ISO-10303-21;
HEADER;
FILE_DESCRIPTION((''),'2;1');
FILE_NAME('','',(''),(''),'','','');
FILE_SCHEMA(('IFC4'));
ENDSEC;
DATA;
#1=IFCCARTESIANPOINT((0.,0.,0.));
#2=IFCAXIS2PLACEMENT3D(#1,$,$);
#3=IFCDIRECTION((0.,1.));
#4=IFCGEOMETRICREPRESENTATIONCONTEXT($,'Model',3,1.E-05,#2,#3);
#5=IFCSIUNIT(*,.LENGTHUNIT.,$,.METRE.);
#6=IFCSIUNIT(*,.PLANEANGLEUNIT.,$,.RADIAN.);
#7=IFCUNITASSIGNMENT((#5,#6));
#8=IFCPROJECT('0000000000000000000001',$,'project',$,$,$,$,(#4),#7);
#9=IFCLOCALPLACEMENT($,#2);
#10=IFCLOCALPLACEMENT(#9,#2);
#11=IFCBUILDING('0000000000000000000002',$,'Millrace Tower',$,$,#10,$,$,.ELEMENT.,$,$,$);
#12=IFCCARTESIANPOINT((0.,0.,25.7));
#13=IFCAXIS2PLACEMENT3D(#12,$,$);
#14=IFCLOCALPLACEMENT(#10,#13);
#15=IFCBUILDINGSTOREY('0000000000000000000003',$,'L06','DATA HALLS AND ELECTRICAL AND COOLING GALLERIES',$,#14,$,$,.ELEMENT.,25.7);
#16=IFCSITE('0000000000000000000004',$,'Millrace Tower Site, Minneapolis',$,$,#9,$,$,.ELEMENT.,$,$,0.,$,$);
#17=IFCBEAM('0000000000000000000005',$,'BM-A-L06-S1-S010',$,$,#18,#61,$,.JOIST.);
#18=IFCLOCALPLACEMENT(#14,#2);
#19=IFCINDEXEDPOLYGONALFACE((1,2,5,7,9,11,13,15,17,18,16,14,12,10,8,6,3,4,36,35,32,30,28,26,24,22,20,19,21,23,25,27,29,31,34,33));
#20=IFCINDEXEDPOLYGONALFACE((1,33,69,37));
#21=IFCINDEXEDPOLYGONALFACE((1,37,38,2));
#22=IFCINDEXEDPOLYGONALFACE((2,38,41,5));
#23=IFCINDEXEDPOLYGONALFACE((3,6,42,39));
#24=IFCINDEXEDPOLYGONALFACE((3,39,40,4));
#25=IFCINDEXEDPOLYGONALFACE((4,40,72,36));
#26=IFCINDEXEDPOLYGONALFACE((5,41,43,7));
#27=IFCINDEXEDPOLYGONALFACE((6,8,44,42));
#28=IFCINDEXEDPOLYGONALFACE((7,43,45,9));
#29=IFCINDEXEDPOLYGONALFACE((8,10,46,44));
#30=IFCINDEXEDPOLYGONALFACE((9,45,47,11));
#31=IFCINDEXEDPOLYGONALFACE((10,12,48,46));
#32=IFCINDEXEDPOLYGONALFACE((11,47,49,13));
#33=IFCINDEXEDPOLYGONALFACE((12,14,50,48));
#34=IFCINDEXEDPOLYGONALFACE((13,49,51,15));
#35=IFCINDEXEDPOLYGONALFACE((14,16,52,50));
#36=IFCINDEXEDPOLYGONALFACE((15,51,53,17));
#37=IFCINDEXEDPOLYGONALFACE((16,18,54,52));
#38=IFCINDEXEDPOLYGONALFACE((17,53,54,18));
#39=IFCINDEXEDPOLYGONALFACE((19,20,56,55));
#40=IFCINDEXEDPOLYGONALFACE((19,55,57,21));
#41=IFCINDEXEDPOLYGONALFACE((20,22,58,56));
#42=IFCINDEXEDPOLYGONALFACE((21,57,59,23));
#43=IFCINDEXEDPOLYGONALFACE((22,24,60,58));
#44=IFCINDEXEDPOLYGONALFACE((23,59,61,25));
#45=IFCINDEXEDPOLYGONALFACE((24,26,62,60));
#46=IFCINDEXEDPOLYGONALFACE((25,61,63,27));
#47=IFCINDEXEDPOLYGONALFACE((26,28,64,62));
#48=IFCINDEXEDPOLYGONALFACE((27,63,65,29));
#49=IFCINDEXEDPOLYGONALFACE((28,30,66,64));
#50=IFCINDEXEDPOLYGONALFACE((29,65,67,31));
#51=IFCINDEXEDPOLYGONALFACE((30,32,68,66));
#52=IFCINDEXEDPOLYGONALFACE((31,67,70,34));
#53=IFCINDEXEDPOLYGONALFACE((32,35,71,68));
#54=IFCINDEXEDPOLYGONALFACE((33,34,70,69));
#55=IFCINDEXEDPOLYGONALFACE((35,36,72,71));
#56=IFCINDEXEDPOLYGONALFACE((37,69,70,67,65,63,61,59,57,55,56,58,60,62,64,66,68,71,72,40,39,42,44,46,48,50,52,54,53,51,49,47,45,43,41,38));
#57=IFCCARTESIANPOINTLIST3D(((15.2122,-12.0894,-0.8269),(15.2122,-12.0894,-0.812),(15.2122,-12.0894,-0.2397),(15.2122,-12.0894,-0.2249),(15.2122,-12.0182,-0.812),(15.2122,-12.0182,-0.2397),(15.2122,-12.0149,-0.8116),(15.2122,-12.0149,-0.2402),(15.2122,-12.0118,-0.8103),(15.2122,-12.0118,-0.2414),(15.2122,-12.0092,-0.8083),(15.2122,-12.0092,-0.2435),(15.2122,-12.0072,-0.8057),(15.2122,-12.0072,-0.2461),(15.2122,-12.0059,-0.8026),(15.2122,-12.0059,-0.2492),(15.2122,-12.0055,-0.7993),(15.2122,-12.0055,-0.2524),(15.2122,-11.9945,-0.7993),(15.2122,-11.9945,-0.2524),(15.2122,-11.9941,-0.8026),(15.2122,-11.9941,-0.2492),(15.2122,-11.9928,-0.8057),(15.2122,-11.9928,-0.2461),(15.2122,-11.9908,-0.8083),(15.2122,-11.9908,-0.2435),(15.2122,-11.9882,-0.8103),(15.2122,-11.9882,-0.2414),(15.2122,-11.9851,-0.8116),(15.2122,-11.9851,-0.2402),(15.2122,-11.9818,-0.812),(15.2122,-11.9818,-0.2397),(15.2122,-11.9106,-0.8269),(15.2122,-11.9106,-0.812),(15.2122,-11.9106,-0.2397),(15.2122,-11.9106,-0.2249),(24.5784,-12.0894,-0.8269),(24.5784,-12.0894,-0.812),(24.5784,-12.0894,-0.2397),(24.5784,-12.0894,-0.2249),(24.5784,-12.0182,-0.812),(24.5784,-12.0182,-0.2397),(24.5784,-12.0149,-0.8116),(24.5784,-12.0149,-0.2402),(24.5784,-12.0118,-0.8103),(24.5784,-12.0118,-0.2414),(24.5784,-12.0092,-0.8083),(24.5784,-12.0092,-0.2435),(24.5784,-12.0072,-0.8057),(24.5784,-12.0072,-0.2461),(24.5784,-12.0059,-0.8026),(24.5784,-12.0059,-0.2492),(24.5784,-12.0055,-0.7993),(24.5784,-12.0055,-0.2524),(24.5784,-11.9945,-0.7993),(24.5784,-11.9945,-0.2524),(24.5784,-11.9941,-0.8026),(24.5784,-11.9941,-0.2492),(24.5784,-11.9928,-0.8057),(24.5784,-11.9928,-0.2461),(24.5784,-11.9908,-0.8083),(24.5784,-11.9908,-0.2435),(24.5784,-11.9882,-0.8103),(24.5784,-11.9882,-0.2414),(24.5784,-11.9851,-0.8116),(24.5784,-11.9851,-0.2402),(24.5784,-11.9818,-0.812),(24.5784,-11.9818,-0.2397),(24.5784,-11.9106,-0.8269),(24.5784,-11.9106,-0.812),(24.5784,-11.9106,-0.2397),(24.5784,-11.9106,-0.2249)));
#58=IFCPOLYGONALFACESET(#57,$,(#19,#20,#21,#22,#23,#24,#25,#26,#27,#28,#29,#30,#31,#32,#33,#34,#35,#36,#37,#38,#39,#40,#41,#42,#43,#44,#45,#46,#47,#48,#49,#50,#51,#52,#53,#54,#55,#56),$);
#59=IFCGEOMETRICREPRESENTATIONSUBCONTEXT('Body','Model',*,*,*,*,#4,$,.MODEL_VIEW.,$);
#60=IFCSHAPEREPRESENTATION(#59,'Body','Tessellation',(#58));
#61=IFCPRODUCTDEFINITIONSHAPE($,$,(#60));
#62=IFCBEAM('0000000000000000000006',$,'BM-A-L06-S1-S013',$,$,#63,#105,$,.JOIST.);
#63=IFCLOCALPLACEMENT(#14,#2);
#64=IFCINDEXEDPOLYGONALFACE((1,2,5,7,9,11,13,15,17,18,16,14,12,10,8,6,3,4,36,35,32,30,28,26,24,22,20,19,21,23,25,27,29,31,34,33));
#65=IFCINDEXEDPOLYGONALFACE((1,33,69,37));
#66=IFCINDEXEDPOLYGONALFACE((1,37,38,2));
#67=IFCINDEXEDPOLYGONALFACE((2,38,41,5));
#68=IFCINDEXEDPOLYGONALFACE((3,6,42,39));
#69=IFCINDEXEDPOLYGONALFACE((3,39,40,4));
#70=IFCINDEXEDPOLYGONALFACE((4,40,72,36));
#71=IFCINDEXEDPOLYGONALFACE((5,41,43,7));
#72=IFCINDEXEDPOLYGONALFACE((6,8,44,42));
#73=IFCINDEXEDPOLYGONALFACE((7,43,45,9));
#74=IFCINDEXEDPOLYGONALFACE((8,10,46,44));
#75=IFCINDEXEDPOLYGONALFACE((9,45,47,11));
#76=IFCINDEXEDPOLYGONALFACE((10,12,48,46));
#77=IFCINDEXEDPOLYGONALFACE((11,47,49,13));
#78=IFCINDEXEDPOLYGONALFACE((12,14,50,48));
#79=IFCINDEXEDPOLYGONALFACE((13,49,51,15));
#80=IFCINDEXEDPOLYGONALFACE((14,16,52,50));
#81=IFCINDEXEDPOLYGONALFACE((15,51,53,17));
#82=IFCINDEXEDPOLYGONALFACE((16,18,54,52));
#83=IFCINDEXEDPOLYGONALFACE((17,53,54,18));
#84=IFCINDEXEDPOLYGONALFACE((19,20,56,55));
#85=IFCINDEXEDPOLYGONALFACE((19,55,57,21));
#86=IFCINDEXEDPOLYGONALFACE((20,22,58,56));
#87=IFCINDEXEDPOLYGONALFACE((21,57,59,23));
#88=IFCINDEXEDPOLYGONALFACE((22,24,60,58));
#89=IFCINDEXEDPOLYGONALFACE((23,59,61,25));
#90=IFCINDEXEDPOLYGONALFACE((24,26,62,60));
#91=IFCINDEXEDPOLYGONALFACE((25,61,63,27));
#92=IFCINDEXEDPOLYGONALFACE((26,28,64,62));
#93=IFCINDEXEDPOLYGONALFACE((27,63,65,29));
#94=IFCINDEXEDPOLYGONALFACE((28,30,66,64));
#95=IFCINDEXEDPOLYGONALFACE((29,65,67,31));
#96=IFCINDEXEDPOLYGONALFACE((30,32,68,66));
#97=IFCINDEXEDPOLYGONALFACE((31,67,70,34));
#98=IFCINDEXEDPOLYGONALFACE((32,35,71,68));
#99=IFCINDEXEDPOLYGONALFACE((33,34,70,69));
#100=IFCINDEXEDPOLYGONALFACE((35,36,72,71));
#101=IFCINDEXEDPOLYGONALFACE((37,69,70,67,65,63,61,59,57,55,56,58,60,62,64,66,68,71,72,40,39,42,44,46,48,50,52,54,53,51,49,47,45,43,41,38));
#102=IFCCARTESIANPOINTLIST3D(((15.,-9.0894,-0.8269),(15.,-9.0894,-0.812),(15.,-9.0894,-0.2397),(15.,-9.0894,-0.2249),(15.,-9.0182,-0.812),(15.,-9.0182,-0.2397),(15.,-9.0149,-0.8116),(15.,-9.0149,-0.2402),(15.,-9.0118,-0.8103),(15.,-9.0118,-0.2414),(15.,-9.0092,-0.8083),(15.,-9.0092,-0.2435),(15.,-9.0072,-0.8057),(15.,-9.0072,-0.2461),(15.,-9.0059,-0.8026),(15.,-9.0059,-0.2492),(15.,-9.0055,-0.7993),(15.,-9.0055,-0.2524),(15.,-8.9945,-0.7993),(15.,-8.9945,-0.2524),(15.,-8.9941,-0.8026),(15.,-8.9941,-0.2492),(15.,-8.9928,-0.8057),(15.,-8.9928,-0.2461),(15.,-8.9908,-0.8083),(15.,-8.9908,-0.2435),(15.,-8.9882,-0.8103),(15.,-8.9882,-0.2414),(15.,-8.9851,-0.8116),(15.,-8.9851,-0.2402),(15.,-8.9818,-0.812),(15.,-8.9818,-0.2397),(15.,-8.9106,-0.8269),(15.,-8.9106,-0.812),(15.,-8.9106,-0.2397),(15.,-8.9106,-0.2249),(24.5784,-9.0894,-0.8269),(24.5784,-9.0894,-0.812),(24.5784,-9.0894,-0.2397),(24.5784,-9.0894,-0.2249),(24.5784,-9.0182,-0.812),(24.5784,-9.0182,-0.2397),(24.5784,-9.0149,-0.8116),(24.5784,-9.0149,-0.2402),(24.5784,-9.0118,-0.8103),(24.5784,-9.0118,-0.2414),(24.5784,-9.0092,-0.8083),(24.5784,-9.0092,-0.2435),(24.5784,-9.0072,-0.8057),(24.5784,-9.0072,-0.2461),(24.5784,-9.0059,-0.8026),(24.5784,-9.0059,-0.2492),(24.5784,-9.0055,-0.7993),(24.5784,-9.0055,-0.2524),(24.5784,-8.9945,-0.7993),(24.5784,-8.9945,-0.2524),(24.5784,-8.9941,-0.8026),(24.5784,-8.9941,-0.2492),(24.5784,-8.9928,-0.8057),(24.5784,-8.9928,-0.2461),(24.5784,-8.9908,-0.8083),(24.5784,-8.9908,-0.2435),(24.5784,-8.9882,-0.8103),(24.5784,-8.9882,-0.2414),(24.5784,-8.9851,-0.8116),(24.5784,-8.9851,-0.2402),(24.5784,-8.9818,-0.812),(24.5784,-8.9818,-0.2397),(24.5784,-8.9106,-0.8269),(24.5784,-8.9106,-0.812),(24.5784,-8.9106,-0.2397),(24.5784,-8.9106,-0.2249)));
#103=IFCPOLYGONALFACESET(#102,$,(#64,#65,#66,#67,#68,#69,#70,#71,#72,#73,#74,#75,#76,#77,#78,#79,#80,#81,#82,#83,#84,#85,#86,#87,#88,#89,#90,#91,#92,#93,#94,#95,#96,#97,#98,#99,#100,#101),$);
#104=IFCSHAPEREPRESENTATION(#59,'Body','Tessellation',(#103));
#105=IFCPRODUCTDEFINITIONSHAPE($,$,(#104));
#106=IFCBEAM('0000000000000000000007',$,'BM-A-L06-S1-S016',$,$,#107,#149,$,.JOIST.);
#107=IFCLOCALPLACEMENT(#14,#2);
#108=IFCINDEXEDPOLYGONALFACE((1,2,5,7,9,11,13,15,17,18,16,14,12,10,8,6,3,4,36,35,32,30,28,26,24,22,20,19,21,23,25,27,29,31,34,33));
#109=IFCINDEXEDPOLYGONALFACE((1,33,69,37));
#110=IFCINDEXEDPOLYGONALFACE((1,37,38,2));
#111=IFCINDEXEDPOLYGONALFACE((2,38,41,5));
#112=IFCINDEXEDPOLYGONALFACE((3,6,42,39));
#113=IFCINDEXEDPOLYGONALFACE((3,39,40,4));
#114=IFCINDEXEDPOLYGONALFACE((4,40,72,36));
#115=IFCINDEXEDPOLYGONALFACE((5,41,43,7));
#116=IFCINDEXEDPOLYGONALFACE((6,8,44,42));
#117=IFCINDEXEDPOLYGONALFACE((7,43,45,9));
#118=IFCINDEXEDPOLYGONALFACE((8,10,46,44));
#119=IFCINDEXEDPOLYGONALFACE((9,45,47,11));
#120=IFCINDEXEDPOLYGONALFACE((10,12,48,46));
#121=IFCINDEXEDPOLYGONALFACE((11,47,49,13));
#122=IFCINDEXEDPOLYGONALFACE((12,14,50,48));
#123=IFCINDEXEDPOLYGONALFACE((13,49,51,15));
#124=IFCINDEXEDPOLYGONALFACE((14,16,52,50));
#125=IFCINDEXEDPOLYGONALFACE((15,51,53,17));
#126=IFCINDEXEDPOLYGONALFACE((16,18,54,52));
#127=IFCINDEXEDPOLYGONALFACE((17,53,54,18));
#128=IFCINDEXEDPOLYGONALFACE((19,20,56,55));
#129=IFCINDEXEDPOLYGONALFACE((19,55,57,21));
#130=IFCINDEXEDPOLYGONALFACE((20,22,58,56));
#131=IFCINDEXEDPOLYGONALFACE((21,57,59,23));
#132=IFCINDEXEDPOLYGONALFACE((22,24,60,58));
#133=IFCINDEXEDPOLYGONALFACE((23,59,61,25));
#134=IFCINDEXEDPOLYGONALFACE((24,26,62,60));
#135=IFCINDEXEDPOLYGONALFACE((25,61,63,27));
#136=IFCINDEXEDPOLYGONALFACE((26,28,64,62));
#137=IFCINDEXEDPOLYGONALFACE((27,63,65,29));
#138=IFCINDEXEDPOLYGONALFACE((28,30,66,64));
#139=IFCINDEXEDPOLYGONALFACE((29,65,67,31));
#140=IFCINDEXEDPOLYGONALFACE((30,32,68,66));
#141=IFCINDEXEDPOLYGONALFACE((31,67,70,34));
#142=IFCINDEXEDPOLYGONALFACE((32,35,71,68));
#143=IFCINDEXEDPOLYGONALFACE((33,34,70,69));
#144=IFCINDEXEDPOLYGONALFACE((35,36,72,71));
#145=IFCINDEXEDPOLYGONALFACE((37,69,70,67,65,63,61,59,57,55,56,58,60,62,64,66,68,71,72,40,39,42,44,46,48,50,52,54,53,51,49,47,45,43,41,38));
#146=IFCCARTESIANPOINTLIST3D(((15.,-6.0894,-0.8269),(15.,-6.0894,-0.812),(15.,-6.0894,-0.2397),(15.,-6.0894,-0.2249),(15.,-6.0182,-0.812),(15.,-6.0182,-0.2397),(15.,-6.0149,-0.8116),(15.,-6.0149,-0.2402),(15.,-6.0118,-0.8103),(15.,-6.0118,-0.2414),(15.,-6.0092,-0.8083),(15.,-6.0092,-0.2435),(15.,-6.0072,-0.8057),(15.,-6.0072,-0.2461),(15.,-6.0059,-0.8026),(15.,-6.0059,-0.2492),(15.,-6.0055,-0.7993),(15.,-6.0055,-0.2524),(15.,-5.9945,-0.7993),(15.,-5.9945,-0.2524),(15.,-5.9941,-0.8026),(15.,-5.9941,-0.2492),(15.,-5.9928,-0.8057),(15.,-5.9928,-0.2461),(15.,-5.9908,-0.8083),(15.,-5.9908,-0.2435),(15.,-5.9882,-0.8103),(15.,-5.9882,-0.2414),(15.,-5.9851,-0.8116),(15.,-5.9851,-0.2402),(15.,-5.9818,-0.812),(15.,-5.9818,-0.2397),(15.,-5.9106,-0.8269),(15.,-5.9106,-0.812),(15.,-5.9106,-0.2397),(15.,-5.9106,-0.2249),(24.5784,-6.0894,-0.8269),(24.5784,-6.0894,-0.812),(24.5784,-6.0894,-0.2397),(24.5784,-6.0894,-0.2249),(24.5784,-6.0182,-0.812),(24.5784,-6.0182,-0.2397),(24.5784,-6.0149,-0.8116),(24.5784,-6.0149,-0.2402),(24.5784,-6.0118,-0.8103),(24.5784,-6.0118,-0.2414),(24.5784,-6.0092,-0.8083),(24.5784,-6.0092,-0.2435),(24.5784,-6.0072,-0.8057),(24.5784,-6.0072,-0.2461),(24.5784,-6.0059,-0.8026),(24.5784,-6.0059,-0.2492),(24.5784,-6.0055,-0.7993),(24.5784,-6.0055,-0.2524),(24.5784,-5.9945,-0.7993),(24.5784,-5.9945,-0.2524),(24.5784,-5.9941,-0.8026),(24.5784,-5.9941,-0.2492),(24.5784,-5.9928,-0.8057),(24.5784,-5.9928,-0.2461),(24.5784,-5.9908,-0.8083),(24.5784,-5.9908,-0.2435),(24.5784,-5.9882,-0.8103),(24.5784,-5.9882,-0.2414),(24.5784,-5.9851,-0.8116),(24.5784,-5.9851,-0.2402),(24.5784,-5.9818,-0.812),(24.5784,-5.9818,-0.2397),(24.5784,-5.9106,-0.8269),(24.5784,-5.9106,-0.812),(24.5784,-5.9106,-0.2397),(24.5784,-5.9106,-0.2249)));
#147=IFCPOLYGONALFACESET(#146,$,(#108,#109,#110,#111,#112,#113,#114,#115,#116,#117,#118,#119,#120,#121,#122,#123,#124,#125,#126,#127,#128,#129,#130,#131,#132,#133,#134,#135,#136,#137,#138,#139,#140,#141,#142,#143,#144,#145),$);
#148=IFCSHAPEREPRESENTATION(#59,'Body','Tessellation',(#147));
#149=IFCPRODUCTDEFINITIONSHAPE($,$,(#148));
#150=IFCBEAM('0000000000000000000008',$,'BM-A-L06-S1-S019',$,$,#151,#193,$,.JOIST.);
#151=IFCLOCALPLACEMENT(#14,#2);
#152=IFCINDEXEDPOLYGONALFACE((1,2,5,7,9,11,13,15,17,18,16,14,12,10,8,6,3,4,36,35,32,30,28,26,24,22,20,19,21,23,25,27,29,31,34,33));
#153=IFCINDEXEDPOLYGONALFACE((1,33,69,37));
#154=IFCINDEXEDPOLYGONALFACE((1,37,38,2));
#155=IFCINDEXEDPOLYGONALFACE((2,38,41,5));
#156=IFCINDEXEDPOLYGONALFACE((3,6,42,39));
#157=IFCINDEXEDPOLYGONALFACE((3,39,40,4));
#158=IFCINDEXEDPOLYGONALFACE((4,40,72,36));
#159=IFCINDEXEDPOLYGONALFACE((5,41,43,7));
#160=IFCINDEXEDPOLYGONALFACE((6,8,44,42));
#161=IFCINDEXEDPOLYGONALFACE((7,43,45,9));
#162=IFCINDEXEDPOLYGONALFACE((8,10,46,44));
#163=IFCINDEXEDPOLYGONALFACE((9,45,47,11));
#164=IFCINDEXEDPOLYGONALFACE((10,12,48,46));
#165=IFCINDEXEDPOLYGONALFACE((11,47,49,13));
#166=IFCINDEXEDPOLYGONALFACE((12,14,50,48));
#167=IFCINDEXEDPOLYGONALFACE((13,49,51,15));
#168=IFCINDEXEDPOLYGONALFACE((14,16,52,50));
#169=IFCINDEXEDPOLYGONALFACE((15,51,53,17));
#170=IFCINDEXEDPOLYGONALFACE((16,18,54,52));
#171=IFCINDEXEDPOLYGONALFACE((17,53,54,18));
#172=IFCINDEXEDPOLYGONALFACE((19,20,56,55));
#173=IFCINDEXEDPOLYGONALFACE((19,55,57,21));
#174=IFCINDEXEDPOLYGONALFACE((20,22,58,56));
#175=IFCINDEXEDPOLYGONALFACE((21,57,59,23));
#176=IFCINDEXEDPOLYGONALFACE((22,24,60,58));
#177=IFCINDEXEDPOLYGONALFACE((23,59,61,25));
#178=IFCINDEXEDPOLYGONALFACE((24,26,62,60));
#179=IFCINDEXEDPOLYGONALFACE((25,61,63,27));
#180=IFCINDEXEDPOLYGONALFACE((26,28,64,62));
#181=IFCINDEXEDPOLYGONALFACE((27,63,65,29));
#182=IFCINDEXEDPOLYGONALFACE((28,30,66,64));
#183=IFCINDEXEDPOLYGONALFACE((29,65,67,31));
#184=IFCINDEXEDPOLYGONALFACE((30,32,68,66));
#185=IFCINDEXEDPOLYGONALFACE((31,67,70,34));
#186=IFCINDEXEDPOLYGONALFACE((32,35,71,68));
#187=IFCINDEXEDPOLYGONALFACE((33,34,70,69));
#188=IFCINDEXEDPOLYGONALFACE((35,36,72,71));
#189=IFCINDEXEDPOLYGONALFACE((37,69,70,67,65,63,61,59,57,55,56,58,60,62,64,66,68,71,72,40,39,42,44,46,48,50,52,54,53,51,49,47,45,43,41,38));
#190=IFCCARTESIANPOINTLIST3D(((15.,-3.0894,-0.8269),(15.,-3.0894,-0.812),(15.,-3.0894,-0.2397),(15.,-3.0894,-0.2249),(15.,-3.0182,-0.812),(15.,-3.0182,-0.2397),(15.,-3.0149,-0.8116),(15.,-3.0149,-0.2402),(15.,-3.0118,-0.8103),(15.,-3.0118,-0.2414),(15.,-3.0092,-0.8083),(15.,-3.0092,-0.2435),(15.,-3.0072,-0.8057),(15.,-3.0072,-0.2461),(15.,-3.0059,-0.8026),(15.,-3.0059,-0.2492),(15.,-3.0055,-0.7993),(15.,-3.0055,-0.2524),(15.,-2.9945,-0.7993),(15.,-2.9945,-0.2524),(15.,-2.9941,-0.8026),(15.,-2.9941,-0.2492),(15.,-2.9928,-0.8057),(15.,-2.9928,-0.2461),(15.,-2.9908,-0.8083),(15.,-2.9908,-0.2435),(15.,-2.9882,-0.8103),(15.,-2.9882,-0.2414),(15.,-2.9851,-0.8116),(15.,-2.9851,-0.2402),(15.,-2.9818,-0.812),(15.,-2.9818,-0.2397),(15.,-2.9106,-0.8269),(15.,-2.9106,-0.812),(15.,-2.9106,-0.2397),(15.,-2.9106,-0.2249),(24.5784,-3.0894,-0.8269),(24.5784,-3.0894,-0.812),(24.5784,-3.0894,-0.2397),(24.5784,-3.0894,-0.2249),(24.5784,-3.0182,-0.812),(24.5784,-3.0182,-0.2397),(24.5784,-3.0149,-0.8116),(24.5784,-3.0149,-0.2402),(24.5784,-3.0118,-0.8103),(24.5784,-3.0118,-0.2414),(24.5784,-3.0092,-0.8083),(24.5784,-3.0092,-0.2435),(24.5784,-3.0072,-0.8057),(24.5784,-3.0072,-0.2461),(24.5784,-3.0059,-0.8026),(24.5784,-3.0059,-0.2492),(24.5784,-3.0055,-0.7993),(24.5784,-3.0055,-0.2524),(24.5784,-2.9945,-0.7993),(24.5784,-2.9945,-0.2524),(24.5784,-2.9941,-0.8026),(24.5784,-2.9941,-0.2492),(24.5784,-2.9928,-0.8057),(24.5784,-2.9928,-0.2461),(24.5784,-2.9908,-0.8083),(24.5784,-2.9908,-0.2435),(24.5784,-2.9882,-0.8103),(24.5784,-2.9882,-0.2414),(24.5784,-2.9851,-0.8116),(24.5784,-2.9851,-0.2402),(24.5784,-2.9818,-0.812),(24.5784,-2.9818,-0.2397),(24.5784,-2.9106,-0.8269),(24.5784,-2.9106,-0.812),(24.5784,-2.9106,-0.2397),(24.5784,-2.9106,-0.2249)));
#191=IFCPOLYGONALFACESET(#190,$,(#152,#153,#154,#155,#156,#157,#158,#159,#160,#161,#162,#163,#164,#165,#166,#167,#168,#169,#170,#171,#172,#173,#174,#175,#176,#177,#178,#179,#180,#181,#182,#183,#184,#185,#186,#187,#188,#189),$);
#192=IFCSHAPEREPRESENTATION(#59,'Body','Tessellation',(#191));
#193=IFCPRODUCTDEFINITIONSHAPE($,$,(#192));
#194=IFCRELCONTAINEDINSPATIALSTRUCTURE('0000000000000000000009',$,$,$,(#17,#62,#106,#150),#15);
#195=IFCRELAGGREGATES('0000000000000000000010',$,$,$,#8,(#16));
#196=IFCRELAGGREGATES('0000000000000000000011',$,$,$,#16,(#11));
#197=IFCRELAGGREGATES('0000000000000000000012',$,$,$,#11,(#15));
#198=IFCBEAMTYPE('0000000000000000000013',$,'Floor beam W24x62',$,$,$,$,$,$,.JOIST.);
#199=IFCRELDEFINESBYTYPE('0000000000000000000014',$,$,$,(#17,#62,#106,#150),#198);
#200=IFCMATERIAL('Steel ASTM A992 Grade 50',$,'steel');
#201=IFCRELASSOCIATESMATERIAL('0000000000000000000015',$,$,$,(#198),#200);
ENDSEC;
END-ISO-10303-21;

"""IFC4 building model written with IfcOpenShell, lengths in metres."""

from ifc_helpers import new_model, si_unit, direction, frame, origin, origin_2d, place, context, subcontext, project, spatial, i_section, extrude, material, material_profile, profile_set, type_object, element, save


model = new_model("IFC4")

# Units and contexts
model_context = context("Model", 3, precision=1e-05, world=origin(), true_north=direction((0.0, 1.0)))
body_context = subcontext(model_context, "Body", "Model", "MODEL_VIEW")
ifc_project = project(units=[si_unit("LENGTHUNIT", "METRE"), si_unit("PLANEANGLEUNIT", "RADIAN")], contexts=[model_context])

# Site, building, storey
site_placement = place(None, origin())
site = spatial("IfcSite", under=ifc_project, at=site_placement, Name="Millrace Tower Site, Minneapolis", CompositionType="ELEMENT", RefElevation=0.0)
building_placement = place(site_placement, origin())
building = spatial("IfcBuilding", under=site, at=building_placement, Name="Millrace Tower", CompositionType="ELEMENT")
storey_placement = place(building_placement, frame((0.0, 0.0, 25.7)))
storey = spatial("IfcBuildingStorey", under=building, at=storey_placement, Name="L06", Description="DATA HALLS AND ELECTRICAL AND COOLING GALLERIES", CompositionType="ELEMENT", Elevation=25.7)

# Beams
ifc_material_1 = material(Name="Steel ASTM A992 Grade 50", Category="steel")
ifc_material_profile_1 = material_profile(ifc_material_1, i_section(OverallWidth=0.1787, OverallDepth=0.6021, WebThickness=0.011, FlangeThickness=0.0149, FilletRadius=0.0127, at=origin_2d()))
ifc_profile_set_1 = profile_set([ifc_material_profile_1], Name="Steel ASTM A992 Grade 50")
beam_type_1 = type_object("IfcBeamType", Name="Floor beam W24x62", PredefinedType="JOIST", material=ifc_profile_set_1)
for number, where, z_axis, x_axis, name in (
    (1, (15.2122, -12.0, -0.5259), (1.0, 0.0, 0.0), (0.0, 1.0, 0.0), "BM-A-L06-S1-S010"),
):
    element("IfcBeam", number, at=place(storey_placement, frame(where, z_axis=z_axis, x_axis=x_axis)), inside=storey, type_object=beam_type_1, Name=name, PredefinedType="JOIST", context=body_context, shape_type="SweptSolid", body=[
        extrude(i_section(OverallWidth=0.1787, OverallDepth=0.6021, WebThickness=0.011, FlangeThickness=0.0149, FilletRadius=0.0127, at=origin_2d()), origin(), (0.0, 0.0, 1.0), 9.3662),
    ])
for number, where, z_axis, x_axis, name in (
    (2, (15.0, -9.0, -0.5259), (1.0, 0.0, 0.0), (0.0, 1.0, 0.0), "BM-A-L06-S1-S013"),
    (3, (15.0, -6.0, -0.5259), (1.0, 0.0, 0.0), (0.0, 1.0, 0.0), "BM-A-L06-S1-S016"),
    (4, (15.0, -3.0, -0.5259), (1.0, 0.0, 0.0), (0.0, 1.0, 0.0), "BM-A-L06-S1-S019"),
):
    element("IfcBeam", number, at=place(storey_placement, frame(where, z_axis=z_axis, x_axis=x_axis)), inside=storey, type_object=beam_type_1, Name=name, PredefinedType="JOIST", context=body_context, shape_type="SweptSolid", body=[
        extrude(i_section(OverallWidth=0.1787, OverallDepth=0.6021, WebThickness=0.011, FlangeThickness=0.0149, FilletRadius=0.0127, at=origin_2d()), origin(), (0.0, 0.0, 1.0), 9.5784),
    ])

save(model, "model.ifc")
